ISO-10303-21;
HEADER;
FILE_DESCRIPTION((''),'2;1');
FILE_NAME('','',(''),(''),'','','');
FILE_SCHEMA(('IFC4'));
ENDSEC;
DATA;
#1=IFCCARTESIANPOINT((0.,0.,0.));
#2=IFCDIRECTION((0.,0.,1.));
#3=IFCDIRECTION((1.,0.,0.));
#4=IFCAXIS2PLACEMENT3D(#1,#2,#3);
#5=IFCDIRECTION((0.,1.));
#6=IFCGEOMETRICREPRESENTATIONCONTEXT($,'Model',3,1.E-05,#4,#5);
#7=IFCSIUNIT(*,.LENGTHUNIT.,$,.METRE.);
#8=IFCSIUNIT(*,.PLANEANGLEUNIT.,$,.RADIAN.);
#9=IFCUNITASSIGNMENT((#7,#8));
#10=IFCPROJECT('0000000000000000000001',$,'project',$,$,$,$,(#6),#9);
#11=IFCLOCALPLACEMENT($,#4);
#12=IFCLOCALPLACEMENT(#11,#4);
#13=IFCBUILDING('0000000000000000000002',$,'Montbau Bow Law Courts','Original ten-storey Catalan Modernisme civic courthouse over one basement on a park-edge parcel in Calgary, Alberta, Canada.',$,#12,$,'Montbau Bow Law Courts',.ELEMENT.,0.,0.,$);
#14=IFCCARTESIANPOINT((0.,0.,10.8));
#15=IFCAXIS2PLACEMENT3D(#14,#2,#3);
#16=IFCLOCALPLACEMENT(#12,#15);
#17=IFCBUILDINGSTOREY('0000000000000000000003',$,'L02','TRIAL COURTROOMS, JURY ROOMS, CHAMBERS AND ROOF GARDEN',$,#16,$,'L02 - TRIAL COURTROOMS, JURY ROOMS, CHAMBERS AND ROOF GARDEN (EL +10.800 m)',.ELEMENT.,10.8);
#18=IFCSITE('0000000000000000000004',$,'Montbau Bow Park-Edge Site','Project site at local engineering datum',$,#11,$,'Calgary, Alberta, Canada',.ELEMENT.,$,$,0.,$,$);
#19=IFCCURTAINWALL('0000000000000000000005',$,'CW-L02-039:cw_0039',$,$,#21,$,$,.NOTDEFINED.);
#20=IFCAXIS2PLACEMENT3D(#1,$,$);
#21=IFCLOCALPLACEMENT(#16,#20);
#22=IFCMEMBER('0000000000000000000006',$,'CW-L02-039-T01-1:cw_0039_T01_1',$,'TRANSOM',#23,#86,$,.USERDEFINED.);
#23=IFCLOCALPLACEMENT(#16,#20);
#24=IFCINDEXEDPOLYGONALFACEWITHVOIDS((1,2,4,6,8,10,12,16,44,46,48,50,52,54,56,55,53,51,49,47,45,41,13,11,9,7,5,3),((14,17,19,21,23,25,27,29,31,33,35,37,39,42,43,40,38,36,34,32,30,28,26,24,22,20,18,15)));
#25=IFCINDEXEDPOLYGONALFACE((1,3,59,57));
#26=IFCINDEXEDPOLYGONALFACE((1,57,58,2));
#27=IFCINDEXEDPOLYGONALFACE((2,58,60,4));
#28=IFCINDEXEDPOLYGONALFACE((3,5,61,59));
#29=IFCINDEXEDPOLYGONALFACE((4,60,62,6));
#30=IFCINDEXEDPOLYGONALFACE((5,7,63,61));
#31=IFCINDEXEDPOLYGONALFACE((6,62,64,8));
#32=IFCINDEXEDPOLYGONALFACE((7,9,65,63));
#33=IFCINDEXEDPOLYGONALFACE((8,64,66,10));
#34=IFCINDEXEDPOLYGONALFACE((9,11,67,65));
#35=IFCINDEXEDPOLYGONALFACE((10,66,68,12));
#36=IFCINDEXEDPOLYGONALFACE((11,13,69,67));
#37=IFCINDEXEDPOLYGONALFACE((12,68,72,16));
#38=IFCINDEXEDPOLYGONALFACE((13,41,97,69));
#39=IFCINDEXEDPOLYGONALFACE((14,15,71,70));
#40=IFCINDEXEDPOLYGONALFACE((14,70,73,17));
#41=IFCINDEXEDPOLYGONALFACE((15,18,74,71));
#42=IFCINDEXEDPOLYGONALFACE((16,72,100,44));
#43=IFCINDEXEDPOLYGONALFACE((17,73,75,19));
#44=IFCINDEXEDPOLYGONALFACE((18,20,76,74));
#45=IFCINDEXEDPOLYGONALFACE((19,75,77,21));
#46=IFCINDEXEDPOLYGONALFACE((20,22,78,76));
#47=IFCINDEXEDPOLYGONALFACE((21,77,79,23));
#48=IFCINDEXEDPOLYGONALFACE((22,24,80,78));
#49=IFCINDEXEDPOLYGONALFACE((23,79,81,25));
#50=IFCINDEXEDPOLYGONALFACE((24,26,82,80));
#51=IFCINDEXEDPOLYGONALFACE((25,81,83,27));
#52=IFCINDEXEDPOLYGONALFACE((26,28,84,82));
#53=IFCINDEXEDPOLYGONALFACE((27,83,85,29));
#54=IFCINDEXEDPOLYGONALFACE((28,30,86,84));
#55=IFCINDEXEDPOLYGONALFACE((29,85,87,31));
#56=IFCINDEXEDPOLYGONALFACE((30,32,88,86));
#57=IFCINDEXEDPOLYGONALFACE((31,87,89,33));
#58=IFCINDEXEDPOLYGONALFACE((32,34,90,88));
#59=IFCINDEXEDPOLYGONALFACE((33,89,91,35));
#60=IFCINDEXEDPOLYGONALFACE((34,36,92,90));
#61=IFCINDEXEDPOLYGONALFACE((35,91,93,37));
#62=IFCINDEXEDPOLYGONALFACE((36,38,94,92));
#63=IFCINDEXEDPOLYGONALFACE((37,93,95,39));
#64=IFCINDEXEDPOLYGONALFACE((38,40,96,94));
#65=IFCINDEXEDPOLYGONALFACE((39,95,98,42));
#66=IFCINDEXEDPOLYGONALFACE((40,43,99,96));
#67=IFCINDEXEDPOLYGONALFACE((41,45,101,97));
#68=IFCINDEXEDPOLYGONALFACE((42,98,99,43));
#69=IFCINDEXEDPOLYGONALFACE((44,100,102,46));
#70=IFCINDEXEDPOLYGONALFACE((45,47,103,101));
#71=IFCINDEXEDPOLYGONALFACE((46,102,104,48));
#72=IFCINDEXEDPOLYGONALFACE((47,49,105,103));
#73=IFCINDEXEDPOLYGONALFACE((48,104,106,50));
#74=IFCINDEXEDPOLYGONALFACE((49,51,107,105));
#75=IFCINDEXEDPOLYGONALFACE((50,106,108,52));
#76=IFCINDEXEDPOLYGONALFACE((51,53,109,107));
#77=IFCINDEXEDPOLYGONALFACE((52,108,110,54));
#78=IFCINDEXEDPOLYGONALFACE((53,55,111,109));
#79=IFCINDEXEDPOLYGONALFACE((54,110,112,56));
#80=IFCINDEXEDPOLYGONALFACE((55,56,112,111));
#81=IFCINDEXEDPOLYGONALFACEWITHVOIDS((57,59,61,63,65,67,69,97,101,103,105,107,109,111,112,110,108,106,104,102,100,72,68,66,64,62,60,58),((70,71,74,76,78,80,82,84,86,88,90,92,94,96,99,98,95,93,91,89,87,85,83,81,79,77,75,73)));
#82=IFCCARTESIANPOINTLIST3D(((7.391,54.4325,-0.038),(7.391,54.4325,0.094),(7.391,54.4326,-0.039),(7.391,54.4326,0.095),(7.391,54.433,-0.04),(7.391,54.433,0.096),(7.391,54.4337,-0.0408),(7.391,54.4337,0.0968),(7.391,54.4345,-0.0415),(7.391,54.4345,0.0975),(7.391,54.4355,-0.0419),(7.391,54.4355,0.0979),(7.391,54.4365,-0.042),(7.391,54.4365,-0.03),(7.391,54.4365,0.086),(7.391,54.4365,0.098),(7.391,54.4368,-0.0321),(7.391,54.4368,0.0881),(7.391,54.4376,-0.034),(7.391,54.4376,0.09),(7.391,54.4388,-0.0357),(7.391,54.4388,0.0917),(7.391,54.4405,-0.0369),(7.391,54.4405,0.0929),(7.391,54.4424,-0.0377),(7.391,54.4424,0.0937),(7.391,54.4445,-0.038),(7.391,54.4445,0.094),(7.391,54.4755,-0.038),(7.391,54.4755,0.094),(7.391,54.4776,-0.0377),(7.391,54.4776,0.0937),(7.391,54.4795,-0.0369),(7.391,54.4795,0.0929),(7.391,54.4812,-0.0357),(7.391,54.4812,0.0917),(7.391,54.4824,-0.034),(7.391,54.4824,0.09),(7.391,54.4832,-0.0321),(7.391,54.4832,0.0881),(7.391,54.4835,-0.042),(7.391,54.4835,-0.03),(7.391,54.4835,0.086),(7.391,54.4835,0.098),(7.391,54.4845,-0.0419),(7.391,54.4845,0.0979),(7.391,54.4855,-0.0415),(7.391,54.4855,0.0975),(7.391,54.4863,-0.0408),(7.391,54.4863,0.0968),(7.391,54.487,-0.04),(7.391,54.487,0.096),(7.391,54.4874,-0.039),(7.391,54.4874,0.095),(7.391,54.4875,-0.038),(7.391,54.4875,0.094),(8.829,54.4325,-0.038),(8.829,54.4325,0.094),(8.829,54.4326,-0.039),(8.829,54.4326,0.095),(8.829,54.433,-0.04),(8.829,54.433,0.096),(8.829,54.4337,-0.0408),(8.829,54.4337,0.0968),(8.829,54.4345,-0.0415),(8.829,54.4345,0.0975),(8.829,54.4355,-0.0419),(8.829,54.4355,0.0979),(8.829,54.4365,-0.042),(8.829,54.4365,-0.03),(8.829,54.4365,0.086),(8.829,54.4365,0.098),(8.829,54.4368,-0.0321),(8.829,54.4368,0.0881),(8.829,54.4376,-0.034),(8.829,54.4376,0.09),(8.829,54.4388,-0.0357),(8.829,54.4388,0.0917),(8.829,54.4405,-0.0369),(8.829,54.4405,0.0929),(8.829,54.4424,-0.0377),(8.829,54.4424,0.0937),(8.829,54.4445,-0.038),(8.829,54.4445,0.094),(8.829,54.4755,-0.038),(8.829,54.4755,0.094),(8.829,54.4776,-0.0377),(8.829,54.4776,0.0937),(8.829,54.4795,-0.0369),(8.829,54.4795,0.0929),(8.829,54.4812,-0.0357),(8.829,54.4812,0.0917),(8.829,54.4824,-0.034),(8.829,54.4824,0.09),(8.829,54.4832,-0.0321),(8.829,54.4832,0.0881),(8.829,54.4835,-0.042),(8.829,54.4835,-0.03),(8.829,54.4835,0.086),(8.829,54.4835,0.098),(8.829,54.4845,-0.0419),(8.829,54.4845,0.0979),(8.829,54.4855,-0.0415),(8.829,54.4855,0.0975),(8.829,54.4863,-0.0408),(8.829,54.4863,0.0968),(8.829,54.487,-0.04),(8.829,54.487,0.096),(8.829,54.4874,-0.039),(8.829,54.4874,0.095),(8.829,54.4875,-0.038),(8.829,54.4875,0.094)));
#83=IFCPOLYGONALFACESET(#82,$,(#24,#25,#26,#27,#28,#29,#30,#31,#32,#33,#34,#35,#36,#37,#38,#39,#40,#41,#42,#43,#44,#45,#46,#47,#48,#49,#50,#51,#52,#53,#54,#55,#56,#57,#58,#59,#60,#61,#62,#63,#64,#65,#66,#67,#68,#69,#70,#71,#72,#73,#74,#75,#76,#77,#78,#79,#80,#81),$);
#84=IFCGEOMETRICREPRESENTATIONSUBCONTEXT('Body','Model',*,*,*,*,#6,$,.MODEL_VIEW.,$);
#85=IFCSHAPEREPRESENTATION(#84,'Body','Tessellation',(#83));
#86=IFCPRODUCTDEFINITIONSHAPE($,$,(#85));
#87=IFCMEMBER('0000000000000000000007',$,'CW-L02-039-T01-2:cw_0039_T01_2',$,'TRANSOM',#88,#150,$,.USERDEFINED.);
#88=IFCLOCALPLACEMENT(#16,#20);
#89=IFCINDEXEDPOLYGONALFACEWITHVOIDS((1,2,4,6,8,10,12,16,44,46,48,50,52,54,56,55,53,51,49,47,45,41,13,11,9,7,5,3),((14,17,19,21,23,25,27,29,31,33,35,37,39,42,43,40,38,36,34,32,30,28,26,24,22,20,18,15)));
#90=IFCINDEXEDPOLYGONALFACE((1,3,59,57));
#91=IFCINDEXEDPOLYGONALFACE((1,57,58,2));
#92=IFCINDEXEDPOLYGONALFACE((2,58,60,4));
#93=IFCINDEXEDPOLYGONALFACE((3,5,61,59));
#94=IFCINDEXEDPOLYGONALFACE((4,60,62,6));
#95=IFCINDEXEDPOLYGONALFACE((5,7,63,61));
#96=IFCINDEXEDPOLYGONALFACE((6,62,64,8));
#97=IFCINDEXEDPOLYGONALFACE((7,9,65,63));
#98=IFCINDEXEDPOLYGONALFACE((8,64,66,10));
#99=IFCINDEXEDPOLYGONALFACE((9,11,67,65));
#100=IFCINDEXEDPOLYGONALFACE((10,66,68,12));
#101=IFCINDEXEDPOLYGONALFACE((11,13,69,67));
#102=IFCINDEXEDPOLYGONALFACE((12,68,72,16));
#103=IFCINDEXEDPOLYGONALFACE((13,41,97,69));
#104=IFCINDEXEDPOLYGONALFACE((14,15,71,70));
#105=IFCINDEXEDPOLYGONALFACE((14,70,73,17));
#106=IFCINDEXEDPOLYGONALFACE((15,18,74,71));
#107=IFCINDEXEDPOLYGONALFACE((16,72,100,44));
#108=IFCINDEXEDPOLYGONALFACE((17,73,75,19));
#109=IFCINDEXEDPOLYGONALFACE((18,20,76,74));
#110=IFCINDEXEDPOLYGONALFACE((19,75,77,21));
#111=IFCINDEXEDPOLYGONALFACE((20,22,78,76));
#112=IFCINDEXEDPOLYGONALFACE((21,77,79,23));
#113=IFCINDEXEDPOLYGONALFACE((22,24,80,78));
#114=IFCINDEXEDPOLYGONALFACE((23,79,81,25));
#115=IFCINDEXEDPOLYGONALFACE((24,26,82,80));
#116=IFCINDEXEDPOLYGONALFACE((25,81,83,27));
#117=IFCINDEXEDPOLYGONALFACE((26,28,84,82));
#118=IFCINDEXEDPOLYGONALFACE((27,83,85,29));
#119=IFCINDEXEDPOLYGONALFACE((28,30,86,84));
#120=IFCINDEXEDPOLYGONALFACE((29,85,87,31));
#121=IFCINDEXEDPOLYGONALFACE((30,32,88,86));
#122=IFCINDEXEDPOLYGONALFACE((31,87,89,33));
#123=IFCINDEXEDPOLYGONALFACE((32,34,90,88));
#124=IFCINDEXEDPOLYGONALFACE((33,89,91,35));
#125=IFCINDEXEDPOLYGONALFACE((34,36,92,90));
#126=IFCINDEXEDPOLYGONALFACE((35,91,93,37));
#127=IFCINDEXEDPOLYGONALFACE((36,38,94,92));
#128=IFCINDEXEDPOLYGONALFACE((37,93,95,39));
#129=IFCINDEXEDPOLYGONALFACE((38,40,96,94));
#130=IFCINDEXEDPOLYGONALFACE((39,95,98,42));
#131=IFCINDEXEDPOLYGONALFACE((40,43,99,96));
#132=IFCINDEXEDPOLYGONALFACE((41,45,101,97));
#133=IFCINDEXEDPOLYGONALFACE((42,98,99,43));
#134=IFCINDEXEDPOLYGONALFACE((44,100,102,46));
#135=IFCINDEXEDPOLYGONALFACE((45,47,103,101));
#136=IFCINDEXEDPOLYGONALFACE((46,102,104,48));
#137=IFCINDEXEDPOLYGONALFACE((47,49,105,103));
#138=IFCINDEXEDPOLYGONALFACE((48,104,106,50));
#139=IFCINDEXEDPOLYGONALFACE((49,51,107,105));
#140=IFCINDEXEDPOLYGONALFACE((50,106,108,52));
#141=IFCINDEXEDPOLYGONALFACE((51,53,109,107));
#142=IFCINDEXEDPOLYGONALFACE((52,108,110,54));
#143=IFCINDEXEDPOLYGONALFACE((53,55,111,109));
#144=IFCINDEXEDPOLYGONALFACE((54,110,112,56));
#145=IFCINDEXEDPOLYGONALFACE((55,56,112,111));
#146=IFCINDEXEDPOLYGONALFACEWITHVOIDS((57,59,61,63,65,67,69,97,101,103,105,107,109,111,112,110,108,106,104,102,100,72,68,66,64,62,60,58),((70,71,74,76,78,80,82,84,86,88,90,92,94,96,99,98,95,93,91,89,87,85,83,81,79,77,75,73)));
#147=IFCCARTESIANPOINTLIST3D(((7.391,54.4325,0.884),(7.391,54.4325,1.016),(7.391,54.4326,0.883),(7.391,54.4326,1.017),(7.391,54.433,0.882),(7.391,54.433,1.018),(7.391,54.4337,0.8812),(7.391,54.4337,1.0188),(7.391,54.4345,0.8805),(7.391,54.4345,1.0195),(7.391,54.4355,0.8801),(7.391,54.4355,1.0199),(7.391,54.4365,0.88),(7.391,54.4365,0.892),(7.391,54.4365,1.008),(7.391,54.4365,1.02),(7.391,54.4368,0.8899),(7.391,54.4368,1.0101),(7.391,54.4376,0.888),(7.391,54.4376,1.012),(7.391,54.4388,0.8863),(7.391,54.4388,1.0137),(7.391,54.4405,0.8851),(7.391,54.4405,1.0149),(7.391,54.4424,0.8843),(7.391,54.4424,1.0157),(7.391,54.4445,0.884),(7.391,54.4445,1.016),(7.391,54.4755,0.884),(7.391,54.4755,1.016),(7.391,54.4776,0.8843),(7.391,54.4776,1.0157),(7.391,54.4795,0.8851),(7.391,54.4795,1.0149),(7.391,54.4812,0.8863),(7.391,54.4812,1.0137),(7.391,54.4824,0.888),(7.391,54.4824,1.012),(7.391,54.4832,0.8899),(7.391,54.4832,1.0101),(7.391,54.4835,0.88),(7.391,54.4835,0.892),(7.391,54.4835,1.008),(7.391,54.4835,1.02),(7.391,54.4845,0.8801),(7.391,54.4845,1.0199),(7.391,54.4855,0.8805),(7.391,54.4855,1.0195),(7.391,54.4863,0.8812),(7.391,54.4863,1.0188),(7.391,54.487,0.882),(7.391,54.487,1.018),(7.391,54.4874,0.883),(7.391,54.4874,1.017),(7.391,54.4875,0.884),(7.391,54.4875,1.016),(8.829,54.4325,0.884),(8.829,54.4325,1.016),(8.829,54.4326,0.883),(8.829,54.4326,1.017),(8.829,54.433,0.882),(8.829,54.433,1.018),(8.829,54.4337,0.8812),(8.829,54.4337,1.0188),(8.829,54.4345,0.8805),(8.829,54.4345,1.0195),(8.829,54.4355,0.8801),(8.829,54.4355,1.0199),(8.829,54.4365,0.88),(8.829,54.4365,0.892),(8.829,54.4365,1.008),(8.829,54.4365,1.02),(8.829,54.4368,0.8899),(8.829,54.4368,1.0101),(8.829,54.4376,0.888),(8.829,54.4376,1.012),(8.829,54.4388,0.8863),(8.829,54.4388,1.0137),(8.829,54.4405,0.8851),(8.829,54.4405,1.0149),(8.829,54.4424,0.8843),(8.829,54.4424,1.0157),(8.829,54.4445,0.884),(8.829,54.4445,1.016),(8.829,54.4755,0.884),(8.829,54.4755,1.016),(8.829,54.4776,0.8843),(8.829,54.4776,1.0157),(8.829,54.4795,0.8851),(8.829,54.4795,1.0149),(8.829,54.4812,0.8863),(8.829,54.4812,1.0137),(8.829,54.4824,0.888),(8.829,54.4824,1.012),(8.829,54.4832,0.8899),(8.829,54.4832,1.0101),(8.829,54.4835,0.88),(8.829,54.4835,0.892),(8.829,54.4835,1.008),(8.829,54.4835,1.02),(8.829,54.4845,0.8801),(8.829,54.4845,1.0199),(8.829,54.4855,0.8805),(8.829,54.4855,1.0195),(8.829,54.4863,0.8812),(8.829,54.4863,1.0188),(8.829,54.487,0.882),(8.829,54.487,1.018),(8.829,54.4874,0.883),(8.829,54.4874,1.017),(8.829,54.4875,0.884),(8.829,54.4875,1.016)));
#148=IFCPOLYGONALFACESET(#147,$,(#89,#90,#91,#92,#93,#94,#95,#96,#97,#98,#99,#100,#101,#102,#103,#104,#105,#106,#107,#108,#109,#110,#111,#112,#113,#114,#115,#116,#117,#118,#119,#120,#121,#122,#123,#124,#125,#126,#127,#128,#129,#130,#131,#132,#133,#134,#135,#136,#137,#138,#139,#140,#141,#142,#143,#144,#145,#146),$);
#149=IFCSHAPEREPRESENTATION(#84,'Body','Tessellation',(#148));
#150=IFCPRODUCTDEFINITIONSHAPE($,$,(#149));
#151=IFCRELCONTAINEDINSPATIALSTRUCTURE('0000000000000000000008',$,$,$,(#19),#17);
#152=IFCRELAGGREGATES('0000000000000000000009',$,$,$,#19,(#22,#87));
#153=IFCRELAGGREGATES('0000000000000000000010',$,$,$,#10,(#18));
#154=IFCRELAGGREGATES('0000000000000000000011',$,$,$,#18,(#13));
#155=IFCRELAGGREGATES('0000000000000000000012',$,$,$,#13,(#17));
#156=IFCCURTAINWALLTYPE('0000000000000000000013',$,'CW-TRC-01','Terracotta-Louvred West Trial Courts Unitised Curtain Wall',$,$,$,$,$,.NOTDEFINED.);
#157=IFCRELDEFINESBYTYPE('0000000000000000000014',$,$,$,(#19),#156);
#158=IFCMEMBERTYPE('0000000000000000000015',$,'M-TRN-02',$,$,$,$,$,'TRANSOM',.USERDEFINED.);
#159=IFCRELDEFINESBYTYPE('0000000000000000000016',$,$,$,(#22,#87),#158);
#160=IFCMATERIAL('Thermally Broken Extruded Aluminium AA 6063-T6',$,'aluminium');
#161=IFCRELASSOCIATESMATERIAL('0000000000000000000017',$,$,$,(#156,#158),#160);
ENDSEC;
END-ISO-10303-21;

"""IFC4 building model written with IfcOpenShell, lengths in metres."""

from ifc_helpers import new_model, si_unit, direction, frame, origin_with_axes, origin_2d_with_axis, place, context, subcontext, project, spatial, hollow_rectangle, extrude, material, material_profile, profile_set, type_object, element, aggregate, save


model = new_model("IFC4")

# Units and contexts
model_context = context("Model", 3, precision=1e-05, world=origin_with_axes(), true_north=direction((0.0, 1.0)))
body_context = subcontext(model_context, "Body", "Model", "MODEL_VIEW")
ifc_project = project(units=[si_unit("LENGTHUNIT", "METRE"), si_unit("PLANEANGLEUNIT", "RADIAN")], contexts=[model_context])

# Site, building, storey
site_placement = place(None, origin_with_axes())
site = spatial("IfcSite", under=ifc_project, at=site_placement, Name="Montbau Bow Park-Edge Site", Description="Project site at local engineering datum", LongName="Calgary, Alberta, Canada", CompositionType="ELEMENT", RefElevation=0.0)
building_placement = place(site_placement, origin_with_axes())
building = spatial("IfcBuilding", under=site, at=building_placement, Name="Montbau Bow Law Courts", Description="Original ten-storey Catalan Modernisme civic courthouse over one basement on a park-edge parcel in Calgary, Alberta, Canada.", LongName="Montbau Bow Law Courts", CompositionType="ELEMENT", ElevationOfRefHeight=0.0, ElevationOfTerrain=0.0)
storey_placement = place(building_placement, frame((0.0, 0.0, 10.8), z_axis=(0.0, 0.0, 1.0), x_axis=(1.0, 0.0, 0.0)))
storey = spatial("IfcBuildingStorey", under=building, at=storey_placement, Name="L02", Description="TRIAL COURTROOMS, JURY ROOMS, CHAMBERS AND ROOF GARDEN", LongName="L02 - TRIAL COURTROOMS, JURY ROOMS, CHAMBERS AND ROOF GARDEN (EL +10.800 m)", CompositionType="ELEMENT", Elevation=10.8)

# Curtain wall
ifc_material_1 = material(Name="Thermally Broken Extruded Aluminium AA 6063-T6", Category="aluminium")
curtain_wall_type = type_object("IfcCurtainWallType", Name="CW-TRC-01", Description="Terracotta-Louvred West Trial Courts Unitised Curtain Wall", PredefinedType="NOTDEFINED", material=ifc_material_1)
curtain_wall_1_placement = place(None, frame((7.315, 54.46, 10.8), z_axis=(0.0, 0.0, 1.0), x_axis=(1.0, 0.0, 0.0)))
curtain_wall_1 = element("IfcCurtainWall", 1, at=curtain_wall_1_placement, inside=storey, type_object=curtain_wall_type, Name="CW-L02-039:cw_0039", PredefinedType="NOTDEFINED")

# Members
ifc_material_profile_1 = material_profile(ifc_material_1, hollow_rectangle(XDim=0.055, YDim=0.14, WallThickness=0.004, InnerFilletRadius=0.008, OuterFilletRadius=0.004, at=origin_2d_with_axis()), Name="CWT-140X55", Category="Main", Priority=0)
ifc_profile_set_1 = profile_set([ifc_material_profile_1], Name="Thermally Broken Extruded Aluminium AA 6063-T6")
member_type_1 = type_object("IfcMemberType", Name="M-TRN-02", ElementType="TRANSOM", PredefinedType="USERDEFINED", material=ifc_profile_set_1)
member_1_placement = place(None, frame((7.391, 54.46, 10.828), z_axis=(1.0, 0.0, 0.0), x_axis=(0.0, 1.0, 0.0)))
member_1 = element("IfcMember", 2, at=member_1_placement, type_object=member_type_1, Name="CW-L02-039-T01-1:cw_0039_T01_1", ObjectType="TRANSOM", PredefinedType="USERDEFINED", context=body_context, shape_type="SweptSolid", body=[
    extrude(hollow_rectangle(XDim=0.055, YDim=0.14, WallThickness=0.004, InnerFilletRadius=0.008, OuterFilletRadius=0.004, at=origin_2d_with_axis()), origin_with_axes(), (0.0, 0.0, 1.0), 1.438),
])
member_2_placement = place(None, frame((7.391, 54.46, 11.75), z_axis=(1.0, 0.0, 0.0), x_axis=(0.0, 1.0, 0.0)))
member_2 = element("IfcMember", 3, at=member_2_placement, type_object=member_type_1, Name="CW-L02-039-T01-2:cw_0039_T01_2", ObjectType="TRANSOM", PredefinedType="USERDEFINED", context=body_context, shape_type="SweptSolid", body=[
    extrude(hollow_rectangle(XDim=0.055, YDim=0.14, WallThickness=0.004, InnerFilletRadius=0.008, OuterFilletRadius=0.004, at=origin_2d_with_axis()), origin_with_axes(), (0.0, 0.0, 1.0), 1.438),
])

aggregate(curtain_wall_1, [member_1, member_2])

save(model, "model.ifc")
